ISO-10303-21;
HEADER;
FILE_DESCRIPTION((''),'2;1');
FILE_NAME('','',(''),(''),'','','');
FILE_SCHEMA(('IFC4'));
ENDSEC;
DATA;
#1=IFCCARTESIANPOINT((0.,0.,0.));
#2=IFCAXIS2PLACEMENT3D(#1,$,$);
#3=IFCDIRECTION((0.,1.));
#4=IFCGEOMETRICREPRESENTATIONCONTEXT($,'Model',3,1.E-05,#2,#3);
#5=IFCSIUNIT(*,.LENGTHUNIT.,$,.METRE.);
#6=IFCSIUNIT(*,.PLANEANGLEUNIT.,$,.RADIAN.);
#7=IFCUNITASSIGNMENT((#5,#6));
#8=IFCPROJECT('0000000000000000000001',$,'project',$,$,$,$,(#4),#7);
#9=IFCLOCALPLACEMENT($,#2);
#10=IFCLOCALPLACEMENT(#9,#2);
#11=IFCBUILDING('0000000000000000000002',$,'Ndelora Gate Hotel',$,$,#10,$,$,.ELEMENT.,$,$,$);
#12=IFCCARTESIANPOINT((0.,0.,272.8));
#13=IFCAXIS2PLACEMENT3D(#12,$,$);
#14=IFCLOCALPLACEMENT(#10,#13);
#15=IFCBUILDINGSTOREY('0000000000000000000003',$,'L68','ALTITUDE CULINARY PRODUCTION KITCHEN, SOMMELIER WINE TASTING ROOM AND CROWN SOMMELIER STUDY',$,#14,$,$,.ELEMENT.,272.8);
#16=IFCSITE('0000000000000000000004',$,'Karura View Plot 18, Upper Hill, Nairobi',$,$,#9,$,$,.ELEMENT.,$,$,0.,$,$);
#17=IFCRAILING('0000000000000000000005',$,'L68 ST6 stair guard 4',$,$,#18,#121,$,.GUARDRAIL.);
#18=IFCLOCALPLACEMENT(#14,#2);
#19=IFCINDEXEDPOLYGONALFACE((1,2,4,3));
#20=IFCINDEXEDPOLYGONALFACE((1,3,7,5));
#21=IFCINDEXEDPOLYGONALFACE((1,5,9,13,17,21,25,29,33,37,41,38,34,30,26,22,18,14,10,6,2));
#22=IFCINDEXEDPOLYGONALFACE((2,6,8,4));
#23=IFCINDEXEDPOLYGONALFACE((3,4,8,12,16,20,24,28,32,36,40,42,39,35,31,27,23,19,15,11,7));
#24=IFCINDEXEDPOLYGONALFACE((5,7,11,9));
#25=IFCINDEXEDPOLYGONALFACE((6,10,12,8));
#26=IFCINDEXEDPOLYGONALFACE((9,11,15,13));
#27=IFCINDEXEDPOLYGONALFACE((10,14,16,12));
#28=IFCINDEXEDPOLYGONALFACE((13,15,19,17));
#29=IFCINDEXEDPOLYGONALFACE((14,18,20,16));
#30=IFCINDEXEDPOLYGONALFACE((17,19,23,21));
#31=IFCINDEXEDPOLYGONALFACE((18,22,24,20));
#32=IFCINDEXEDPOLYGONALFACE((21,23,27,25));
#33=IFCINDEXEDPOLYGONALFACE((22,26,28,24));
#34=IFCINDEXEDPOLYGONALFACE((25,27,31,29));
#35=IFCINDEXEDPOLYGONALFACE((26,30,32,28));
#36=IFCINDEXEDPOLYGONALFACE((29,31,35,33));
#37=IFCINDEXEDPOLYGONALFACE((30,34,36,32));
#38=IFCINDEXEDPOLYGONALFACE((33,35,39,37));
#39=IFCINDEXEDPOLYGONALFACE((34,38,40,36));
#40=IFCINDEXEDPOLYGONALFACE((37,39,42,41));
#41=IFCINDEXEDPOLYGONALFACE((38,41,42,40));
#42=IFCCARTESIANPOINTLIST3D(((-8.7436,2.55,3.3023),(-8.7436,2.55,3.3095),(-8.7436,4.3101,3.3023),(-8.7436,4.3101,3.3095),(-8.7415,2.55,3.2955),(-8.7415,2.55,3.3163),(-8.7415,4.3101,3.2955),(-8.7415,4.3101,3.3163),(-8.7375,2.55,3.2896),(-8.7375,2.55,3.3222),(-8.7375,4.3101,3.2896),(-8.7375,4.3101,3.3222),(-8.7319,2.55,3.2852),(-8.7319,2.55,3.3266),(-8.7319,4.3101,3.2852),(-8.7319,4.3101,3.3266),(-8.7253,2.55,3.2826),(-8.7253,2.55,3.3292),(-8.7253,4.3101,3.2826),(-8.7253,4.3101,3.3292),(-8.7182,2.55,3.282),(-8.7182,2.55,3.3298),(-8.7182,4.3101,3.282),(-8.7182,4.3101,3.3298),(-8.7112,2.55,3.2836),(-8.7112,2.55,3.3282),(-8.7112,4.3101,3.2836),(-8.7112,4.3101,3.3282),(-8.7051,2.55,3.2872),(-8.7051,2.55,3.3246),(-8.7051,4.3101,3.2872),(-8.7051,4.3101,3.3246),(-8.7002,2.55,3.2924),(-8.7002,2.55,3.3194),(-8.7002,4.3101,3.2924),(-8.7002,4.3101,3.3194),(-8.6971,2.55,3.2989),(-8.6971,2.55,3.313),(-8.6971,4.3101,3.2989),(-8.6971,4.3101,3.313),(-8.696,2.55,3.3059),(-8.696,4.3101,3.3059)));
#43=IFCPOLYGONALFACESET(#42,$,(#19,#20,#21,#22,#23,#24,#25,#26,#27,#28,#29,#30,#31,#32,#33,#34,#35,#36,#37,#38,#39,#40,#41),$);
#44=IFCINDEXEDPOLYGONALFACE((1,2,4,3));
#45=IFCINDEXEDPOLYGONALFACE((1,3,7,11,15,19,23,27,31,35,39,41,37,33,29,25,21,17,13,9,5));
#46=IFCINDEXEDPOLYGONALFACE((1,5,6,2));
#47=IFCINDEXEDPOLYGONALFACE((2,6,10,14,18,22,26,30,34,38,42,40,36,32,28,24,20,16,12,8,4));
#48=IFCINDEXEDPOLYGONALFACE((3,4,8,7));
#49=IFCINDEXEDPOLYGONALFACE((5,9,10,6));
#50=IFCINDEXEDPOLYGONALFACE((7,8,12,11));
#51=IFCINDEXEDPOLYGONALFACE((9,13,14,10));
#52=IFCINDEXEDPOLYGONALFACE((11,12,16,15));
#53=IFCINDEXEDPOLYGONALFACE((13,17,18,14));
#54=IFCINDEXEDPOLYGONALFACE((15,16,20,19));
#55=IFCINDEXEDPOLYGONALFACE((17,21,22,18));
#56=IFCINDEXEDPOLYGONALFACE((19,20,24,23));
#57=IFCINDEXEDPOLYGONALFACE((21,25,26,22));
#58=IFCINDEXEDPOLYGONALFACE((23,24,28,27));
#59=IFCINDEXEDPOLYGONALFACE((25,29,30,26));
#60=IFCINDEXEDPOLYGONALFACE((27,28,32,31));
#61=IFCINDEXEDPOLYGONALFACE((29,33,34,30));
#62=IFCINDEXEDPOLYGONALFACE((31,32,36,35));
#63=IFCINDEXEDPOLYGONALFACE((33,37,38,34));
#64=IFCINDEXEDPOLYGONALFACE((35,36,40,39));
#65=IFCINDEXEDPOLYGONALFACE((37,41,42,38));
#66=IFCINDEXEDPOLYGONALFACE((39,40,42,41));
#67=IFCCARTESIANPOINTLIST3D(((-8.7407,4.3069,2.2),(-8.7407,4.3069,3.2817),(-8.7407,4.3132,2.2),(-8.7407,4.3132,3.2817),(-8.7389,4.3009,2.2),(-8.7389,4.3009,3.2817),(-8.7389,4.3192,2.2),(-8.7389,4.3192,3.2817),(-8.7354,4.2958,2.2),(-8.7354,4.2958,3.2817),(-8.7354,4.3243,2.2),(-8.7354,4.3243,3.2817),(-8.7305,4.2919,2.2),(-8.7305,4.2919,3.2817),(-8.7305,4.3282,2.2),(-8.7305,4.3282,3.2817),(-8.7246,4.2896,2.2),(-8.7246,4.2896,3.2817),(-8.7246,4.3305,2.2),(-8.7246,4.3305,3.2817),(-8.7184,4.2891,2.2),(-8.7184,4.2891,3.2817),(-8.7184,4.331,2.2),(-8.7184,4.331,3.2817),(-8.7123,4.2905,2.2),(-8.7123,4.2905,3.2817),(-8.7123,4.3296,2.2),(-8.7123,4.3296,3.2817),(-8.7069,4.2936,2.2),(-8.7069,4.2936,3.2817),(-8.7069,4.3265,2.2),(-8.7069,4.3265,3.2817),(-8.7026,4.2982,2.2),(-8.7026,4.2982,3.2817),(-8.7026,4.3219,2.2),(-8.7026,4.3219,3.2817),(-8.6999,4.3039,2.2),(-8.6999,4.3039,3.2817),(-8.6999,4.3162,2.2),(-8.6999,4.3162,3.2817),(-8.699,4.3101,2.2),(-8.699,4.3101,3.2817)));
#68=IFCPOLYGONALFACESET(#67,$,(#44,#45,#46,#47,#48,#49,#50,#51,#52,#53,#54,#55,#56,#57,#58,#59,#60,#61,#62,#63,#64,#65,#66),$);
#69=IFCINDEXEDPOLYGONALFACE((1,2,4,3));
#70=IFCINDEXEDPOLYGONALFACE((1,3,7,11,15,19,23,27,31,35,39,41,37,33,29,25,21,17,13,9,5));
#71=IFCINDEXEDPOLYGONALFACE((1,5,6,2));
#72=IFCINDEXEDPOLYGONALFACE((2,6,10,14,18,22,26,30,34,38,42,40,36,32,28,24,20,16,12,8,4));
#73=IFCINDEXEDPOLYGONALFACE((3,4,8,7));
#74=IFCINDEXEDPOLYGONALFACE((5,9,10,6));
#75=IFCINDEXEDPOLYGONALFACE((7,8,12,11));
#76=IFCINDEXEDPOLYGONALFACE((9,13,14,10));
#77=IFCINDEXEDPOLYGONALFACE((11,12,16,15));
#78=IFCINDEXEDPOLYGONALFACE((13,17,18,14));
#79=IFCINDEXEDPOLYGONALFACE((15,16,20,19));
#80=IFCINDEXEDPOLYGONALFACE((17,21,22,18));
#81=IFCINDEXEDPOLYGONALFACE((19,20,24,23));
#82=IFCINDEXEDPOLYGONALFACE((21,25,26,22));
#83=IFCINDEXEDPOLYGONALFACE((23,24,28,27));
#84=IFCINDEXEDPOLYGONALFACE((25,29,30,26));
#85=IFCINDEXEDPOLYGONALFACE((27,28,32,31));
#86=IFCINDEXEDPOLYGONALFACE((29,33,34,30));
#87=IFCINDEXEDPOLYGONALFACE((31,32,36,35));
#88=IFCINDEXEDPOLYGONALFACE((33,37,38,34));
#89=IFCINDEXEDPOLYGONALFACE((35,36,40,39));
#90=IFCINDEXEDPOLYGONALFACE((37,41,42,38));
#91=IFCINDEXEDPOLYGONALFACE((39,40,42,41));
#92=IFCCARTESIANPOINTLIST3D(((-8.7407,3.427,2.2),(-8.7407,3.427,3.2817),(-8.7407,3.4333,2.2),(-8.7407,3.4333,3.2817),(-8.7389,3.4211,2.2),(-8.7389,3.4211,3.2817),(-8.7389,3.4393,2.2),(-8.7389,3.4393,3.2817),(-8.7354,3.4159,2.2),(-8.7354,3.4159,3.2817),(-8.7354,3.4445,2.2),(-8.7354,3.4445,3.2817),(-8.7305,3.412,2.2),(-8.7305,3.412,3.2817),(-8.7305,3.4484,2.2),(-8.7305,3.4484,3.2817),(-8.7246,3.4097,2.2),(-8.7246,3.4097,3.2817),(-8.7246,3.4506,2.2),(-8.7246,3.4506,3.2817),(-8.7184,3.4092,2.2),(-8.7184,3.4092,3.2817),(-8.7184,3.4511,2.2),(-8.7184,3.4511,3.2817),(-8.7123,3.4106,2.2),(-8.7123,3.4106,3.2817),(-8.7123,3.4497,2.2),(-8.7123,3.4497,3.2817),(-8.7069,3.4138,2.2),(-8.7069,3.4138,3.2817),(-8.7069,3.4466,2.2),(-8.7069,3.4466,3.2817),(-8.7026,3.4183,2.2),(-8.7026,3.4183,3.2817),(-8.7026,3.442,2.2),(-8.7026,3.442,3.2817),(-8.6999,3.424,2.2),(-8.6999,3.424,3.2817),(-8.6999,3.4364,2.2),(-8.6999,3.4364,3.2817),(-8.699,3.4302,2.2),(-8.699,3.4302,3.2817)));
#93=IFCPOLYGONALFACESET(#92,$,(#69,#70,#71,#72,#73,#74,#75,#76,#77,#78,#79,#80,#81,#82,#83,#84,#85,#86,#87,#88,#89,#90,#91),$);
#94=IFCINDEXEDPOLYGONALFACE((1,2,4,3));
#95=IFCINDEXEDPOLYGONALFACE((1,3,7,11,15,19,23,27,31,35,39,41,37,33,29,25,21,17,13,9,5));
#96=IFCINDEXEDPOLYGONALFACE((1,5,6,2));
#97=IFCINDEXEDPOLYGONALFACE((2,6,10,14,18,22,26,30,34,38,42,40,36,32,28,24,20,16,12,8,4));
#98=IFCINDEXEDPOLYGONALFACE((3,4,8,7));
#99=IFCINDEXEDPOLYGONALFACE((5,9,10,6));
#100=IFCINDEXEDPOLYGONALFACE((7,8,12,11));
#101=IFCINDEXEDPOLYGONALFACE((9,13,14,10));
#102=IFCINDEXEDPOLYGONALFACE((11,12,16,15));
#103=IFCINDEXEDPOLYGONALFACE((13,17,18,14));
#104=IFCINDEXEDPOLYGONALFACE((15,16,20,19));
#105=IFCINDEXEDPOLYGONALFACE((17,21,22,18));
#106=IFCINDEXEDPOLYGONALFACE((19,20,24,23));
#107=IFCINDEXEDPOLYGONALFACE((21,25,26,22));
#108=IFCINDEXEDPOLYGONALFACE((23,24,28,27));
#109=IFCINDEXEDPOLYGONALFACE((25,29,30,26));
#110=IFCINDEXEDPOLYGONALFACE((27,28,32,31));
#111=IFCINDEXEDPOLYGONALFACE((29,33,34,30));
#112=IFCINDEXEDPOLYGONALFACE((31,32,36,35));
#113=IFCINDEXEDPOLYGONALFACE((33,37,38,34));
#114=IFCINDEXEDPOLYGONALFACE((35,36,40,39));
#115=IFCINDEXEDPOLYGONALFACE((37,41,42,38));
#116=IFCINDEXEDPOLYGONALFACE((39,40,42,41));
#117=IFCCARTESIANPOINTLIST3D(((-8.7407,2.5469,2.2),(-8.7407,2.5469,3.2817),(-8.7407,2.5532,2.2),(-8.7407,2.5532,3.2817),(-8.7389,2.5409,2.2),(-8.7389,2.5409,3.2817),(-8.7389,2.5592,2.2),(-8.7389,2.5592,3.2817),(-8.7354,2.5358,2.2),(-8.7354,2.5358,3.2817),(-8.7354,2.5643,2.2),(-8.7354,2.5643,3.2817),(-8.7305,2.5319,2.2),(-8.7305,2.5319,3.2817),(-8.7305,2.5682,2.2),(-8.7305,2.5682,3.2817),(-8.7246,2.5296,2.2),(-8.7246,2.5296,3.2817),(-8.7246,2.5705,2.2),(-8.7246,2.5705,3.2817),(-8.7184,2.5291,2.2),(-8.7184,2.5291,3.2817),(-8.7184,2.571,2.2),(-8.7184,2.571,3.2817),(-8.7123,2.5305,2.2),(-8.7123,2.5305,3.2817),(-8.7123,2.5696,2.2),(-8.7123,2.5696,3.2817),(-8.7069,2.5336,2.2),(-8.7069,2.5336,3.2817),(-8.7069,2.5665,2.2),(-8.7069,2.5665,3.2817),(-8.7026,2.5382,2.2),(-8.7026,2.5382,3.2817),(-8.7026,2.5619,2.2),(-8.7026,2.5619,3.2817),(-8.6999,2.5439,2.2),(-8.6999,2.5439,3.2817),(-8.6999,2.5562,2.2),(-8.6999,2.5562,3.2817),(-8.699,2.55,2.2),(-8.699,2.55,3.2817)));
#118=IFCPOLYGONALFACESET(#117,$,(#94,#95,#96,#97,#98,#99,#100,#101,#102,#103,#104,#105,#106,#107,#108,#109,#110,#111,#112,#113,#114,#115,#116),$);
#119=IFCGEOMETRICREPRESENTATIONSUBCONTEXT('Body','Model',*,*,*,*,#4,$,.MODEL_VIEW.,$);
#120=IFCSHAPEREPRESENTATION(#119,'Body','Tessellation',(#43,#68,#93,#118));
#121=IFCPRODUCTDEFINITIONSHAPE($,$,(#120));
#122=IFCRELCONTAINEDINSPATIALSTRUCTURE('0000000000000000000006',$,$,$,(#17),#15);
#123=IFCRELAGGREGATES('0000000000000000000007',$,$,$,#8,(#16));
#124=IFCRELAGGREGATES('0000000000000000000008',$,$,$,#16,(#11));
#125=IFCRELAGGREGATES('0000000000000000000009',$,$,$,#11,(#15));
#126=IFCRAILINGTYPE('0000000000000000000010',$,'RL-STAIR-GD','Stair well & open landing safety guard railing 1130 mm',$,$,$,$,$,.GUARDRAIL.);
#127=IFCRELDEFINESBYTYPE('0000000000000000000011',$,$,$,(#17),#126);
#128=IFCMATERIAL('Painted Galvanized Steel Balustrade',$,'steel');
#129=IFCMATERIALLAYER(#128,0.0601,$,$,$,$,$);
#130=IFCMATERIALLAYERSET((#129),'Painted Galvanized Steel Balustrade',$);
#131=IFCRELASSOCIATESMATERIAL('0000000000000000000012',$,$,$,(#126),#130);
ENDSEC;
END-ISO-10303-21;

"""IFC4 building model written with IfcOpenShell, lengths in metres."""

from ifc_helpers import new_model, si_unit, direction, frame, origin, origin_2d, place, context, subcontext, project, spatial, circle, extrude, material, layer, layer_set, type_object, element, save


model = new_model("IFC4")

# Units and contexts
model_context = context("Model", 3, precision=1e-05, world=origin(), true_north=direction((0.0, 1.0)))
body_context = subcontext(model_context, "Body", "Model", "MODEL_VIEW")
ifc_project = project(units=[si_unit("LENGTHUNIT", "METRE"), si_unit("PLANEANGLEUNIT", "RADIAN")], contexts=[model_context])

# Site, building, storey
site_placement = place(None, origin())
site = spatial("IfcSite", under=ifc_project, at=site_placement, Name="Karura View Plot 18, Upper Hill, Nairobi", CompositionType="ELEMENT", RefElevation=0.0)
building_placement = place(site_placement, origin())
building = spatial("IfcBuilding", under=site, at=building_placement, Name="Ndelora Gate Hotel", CompositionType="ELEMENT")
storey_placement = place(building_placement, frame((0.0, 0.0, 272.8)))
storey = spatial("IfcBuildingStorey", under=building, at=storey_placement, Name="L68", Description="ALTITUDE CULINARY PRODUCTION KITCHEN, SOMMELIER WINE TASTING ROOM AND CROWN SOMMELIER STUDY", CompositionType="ELEMENT", Elevation=272.8)

# Railing
ifc_material_1 = material(Name="Painted Galvanized Steel Balustrade", Category="steel")
ifc_layer_1 = layer(ifc_material_1, 0.0601)
ifc_layer_set_1 = layer_set([ifc_layer_1], Name="Painted Galvanized Steel Balustrade")
railing_type_1 = type_object("IfcRailingType", Name="RL-STAIR-GD", Description="Stair well & open landing safety guard railing 1130 mm", PredefinedType="GUARDRAIL", material=ifc_layer_set_1)
railing_1_placement = place(storey_placement, frame((-8.72, 4.3101, 2.2)))
element("IfcRailing", 1, at=railing_1_placement, inside=storey, type_object=railing_type_1, Name="L68 ST6 stair guard 4", PredefinedType="GUARDRAIL", context=body_context, shape_type="SweptSolid", body=[
    extrude(circle(Radius=0.0239, at=origin_2d()), frame((0.0, 0.0, 1.106), z_axis=(0.0, -1.0, 0.0), x_axis=(1.0, 0.0, 0.0)), (0.0, 0.0, 1.0), 1.76),
    extrude(circle(Radius=0.021, at=origin_2d()), origin(), (0.0, 0.0, 1.0), 1.0818),
    extrude(circle(Radius=0.021, at=origin_2d()), frame((0.0, -0.8799, 0.0)), (0.0, 0.0, 1.0), 1.0818),
    extrude(circle(Radius=0.021, at=origin_2d()), frame((0.0, -1.76, 0.0)), (0.0, 0.0, 1.0), 1.0818),
])

save(model, "model.ifc")
